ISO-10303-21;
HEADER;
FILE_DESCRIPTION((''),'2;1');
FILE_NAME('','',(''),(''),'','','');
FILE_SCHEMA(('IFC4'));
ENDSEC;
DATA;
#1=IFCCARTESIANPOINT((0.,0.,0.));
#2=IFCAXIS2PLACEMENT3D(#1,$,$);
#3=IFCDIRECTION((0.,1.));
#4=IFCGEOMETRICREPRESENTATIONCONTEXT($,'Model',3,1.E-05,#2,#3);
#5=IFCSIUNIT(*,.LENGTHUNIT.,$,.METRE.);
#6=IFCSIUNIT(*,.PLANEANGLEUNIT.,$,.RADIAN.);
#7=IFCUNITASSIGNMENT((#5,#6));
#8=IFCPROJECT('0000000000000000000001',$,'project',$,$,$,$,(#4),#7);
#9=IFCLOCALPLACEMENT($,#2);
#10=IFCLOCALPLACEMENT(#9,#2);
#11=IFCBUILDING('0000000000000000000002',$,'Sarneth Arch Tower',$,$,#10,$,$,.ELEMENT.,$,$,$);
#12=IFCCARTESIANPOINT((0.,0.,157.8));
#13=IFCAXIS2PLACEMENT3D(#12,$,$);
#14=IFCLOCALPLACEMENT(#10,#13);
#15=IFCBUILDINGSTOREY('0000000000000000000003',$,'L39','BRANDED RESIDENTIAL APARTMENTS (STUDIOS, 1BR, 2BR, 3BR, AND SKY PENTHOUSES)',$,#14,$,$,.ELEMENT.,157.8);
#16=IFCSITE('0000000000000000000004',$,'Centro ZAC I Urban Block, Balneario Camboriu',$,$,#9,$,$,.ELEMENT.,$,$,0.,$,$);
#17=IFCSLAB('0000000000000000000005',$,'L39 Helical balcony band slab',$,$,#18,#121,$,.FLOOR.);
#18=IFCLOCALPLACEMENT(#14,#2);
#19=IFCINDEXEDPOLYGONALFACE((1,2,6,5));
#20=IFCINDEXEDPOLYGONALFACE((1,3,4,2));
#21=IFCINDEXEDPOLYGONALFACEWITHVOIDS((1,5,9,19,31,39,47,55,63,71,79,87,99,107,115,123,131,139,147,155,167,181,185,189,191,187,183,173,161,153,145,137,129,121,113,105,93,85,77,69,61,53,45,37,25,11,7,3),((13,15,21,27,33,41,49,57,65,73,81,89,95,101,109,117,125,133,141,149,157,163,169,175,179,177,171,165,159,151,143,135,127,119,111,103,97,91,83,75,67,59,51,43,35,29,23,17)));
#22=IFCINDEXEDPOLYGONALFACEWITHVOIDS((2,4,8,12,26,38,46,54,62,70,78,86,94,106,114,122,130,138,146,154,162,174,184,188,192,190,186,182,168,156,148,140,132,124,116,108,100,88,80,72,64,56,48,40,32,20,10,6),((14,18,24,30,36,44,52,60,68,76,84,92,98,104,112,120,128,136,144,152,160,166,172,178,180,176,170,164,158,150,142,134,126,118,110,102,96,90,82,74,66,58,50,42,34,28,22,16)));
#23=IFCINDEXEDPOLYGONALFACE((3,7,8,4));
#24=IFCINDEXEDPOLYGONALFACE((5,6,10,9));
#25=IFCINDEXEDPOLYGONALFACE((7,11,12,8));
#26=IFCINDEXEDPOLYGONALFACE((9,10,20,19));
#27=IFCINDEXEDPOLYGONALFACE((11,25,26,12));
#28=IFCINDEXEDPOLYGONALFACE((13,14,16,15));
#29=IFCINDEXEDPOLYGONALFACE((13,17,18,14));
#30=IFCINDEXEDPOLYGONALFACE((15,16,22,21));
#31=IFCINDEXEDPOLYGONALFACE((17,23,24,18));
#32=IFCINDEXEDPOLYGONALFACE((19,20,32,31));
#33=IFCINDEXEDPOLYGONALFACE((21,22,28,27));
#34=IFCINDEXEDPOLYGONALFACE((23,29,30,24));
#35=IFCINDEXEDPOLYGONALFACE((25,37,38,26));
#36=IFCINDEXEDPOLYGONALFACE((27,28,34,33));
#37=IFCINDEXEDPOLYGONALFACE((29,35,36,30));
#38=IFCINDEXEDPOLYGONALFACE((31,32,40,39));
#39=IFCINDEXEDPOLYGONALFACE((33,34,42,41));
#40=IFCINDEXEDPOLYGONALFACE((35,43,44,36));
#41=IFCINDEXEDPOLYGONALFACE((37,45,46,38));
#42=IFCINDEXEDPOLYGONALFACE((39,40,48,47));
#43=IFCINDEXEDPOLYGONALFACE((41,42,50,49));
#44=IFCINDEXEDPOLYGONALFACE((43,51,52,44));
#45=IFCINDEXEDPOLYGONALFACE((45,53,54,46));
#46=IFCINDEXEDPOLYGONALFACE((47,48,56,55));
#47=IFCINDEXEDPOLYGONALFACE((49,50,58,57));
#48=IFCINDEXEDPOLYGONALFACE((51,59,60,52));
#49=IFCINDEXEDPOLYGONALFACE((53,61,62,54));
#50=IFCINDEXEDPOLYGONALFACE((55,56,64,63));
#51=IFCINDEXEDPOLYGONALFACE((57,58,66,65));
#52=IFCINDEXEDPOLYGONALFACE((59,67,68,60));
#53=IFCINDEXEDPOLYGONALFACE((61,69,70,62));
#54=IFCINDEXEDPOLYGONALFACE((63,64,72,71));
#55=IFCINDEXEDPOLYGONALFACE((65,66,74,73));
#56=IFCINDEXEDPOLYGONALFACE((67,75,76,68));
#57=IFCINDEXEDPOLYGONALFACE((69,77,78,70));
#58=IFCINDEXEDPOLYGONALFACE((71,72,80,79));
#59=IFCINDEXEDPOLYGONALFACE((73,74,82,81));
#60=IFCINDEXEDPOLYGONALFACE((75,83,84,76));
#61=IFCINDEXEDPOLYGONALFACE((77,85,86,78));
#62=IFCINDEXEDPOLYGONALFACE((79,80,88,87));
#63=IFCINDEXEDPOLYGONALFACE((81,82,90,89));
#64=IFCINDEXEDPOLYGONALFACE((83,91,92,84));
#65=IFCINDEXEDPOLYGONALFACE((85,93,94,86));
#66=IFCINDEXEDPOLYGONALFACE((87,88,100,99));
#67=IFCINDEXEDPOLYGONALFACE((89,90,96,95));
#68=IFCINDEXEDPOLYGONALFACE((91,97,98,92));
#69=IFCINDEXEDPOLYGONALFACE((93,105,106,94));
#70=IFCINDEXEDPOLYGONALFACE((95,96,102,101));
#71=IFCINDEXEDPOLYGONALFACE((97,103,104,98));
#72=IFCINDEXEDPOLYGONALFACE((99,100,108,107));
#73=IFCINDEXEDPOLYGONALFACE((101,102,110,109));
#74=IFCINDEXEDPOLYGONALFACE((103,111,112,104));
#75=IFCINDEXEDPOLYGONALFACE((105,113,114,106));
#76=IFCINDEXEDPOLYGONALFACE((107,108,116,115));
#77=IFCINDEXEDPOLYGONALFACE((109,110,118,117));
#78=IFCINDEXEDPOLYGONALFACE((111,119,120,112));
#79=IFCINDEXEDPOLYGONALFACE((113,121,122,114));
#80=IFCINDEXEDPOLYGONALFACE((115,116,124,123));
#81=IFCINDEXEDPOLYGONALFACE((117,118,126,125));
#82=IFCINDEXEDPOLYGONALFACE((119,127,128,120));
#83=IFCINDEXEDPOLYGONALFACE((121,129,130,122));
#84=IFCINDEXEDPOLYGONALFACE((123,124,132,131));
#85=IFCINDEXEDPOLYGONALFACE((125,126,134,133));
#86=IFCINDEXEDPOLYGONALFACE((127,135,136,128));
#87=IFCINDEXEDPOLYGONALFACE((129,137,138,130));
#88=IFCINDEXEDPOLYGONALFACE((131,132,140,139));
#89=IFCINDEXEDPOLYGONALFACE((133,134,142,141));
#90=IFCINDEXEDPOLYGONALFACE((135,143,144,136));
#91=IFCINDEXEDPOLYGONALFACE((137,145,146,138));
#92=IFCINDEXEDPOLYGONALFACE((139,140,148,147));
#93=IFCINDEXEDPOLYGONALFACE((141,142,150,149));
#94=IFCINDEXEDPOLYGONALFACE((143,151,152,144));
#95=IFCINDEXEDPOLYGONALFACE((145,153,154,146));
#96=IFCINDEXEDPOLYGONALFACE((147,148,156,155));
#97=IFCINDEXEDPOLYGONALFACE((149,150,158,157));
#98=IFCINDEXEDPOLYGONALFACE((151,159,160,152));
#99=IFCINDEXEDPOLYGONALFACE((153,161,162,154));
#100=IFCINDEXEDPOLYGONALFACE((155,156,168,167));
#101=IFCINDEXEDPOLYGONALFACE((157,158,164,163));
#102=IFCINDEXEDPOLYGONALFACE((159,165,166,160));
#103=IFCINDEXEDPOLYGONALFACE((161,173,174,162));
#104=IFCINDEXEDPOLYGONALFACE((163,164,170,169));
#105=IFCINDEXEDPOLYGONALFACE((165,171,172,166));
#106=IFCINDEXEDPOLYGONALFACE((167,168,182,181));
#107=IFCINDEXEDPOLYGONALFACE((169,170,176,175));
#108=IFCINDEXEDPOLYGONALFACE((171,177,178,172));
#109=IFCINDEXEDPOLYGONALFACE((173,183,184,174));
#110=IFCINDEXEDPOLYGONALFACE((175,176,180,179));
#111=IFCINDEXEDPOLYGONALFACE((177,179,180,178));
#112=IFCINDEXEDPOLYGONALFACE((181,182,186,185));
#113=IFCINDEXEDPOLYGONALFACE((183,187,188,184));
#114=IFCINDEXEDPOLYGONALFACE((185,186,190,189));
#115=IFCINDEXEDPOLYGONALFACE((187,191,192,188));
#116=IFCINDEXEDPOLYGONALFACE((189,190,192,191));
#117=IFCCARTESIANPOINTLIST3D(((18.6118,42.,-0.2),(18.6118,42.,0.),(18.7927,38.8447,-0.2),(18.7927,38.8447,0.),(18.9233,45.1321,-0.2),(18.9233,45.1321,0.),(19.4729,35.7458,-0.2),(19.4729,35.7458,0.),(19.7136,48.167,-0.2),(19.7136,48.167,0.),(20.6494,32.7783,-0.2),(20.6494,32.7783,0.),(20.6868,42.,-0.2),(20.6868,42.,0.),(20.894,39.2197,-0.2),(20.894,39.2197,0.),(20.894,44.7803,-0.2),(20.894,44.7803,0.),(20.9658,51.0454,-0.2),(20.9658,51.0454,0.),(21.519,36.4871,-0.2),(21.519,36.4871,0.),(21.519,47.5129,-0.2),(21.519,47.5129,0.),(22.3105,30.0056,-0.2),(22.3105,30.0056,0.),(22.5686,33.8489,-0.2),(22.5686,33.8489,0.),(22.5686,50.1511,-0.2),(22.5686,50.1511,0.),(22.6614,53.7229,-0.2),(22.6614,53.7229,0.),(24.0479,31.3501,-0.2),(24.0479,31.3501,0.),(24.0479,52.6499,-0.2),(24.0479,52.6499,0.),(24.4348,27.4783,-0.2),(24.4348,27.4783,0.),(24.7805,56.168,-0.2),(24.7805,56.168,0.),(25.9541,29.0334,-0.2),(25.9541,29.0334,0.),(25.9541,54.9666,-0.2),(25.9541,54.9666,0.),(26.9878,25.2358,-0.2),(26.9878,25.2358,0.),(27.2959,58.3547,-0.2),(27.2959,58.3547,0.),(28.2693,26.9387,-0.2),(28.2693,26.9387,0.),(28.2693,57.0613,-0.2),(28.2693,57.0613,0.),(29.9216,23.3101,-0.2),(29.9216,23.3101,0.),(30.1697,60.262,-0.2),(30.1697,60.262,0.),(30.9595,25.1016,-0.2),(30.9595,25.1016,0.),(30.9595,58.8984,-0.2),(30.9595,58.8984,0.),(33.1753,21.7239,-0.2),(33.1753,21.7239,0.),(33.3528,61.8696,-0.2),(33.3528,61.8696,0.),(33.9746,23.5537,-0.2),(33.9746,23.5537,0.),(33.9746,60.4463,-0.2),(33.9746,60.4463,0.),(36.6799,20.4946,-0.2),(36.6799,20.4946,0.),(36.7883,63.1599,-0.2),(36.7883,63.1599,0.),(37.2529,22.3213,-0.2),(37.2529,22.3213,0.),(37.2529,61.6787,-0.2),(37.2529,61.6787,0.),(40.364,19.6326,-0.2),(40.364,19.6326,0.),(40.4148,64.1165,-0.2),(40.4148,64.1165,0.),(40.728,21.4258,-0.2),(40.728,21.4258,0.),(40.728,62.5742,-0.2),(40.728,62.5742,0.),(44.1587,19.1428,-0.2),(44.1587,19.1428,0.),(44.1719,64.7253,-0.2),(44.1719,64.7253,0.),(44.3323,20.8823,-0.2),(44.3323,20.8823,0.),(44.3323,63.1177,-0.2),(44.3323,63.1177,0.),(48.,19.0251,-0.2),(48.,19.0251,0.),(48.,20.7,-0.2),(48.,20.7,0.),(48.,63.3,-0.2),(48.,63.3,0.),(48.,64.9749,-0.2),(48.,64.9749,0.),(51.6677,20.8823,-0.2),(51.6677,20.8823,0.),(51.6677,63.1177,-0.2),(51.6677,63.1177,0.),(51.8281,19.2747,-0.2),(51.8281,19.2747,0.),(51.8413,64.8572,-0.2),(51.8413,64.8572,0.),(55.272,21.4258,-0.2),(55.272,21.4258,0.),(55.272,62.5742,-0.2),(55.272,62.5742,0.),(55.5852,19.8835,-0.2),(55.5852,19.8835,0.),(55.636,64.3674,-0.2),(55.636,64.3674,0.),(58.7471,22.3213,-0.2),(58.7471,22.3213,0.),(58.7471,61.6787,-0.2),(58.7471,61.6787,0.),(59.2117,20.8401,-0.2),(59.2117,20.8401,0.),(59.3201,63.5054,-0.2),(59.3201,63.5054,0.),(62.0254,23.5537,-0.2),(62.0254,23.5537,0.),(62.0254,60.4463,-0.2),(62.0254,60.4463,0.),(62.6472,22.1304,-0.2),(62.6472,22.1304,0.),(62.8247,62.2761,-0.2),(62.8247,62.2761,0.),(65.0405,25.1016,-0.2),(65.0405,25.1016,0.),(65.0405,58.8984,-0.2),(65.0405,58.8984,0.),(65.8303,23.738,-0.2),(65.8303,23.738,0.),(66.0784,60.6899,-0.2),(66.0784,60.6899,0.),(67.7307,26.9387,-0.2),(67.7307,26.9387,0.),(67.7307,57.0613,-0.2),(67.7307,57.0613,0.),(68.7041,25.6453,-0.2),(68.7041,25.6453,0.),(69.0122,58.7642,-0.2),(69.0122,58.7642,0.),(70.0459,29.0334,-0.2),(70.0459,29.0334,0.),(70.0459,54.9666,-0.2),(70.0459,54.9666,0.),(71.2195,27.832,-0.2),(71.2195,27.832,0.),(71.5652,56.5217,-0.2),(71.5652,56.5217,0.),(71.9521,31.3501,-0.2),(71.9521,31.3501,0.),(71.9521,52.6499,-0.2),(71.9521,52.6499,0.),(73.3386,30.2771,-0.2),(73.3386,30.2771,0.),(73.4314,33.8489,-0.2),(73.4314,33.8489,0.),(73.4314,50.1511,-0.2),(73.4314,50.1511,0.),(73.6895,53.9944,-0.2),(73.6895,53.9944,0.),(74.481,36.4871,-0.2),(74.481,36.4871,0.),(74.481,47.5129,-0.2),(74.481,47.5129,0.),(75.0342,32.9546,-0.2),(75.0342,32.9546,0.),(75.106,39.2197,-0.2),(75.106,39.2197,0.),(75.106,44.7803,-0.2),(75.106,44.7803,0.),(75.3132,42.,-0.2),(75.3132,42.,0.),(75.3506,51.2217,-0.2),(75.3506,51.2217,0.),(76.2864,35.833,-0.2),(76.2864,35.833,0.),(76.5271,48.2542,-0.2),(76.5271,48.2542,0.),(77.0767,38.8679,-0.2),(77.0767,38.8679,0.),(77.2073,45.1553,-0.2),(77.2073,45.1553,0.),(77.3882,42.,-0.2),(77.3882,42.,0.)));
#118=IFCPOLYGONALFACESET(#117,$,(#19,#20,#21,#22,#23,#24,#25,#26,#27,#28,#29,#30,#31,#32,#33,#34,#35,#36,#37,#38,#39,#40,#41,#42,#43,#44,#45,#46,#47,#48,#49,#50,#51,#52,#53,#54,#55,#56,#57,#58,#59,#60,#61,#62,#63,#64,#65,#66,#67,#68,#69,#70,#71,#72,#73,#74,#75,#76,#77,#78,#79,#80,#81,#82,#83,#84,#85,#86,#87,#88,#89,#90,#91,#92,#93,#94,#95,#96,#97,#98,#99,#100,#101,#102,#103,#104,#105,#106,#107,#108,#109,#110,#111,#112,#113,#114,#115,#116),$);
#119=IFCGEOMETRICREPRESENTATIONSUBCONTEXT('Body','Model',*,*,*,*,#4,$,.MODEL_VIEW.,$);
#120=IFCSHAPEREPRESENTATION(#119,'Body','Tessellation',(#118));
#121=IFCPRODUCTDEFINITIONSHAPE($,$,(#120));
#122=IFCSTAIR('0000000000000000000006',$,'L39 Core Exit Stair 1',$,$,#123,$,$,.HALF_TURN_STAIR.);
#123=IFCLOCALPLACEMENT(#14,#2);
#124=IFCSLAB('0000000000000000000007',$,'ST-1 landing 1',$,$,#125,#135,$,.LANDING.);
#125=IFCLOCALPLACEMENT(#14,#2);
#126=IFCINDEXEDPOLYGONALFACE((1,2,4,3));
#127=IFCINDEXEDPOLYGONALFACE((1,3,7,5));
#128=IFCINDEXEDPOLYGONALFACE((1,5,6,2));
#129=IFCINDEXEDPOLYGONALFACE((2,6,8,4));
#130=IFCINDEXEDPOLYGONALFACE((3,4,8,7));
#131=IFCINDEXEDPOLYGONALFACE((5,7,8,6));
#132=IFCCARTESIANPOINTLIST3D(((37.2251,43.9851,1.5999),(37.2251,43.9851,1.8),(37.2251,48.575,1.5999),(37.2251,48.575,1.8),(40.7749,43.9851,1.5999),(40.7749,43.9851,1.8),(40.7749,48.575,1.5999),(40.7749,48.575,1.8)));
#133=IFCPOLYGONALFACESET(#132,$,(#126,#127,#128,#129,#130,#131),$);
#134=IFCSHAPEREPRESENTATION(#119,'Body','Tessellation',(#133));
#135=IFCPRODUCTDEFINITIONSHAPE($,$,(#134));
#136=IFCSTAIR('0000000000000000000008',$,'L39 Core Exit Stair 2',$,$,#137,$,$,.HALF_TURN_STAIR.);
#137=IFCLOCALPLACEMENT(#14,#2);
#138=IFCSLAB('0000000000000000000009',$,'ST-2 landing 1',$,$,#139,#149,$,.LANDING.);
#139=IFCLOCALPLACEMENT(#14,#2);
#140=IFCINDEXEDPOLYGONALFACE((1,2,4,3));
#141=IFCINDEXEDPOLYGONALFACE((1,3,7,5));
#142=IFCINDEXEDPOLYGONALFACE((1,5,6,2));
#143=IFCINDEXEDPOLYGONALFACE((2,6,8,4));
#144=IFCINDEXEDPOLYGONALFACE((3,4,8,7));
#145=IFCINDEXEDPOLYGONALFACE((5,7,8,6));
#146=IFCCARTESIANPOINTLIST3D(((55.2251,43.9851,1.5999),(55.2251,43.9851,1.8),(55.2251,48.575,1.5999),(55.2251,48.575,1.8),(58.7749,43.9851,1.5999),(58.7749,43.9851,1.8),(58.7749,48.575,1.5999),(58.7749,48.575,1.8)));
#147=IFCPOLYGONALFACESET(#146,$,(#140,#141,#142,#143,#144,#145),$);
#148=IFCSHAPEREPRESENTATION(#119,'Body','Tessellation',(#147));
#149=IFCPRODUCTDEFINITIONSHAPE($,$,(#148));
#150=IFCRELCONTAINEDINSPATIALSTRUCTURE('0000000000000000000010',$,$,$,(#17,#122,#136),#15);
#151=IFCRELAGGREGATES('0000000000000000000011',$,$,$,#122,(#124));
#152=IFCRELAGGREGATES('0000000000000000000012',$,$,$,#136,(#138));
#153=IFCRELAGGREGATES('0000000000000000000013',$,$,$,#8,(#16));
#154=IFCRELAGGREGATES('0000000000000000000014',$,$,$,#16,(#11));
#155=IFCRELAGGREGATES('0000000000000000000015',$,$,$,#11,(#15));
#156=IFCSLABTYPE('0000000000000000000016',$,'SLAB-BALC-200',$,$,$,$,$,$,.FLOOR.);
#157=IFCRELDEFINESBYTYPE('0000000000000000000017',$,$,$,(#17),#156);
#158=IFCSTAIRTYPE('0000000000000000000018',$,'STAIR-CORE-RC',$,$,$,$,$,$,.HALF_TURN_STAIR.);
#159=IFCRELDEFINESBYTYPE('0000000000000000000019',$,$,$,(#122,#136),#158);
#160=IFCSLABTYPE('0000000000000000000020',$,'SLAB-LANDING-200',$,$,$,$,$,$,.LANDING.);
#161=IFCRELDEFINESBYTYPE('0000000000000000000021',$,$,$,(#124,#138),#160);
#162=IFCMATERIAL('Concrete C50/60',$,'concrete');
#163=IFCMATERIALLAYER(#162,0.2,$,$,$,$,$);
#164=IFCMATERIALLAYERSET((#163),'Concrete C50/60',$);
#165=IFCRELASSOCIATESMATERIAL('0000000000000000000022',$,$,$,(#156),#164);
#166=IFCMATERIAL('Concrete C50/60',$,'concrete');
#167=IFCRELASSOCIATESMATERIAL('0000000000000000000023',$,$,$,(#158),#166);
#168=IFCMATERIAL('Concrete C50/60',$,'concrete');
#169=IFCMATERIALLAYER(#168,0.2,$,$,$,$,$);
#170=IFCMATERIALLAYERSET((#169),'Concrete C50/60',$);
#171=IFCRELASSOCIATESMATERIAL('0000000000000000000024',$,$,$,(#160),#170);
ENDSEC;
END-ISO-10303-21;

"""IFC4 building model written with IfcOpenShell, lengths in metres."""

from ifc_helpers import new_model, si_unit, direction, frame, origin, place, context, subcontext, project, spatial, polyline, outline, extrude, material, layer, layer_set, type_object, element, aggregate, save


model = new_model("IFC4")

# Units and contexts
model_context = context("Model", 3, precision=1e-05, world=origin(), true_north=direction((0.0, 1.0)))
body_context = subcontext(model_context, "Body", "Model", "MODEL_VIEW")
ifc_project = project(units=[si_unit("LENGTHUNIT", "METRE"), si_unit("PLANEANGLEUNIT", "RADIAN")], contexts=[model_context])

# Site, building, storey
site_placement = place(None, origin())
site = spatial("IfcSite", under=ifc_project, at=site_placement, Name="Centro ZAC I Urban Block, Balneario Camboriu", CompositionType="ELEMENT", RefElevation=0.0)
building_placement = place(site_placement, origin())
building = spatial("IfcBuilding", under=site, at=building_placement, Name="Sarneth Arch Tower", CompositionType="ELEMENT")
storey_placement = place(building_placement, frame((0.0, 0.0, 157.8)))
storey = spatial("IfcBuildingStorey", under=building, at=storey_placement, Name="L39", Description="BRANDED RESIDENTIAL APARTMENTS (STUDIOS, 1BR, 2BR, 3BR, AND SKY PENTHOUSES)", CompositionType="ELEMENT", Elevation=157.8)

# Slab
ifc_material_1 = material(Name="Concrete C50/60", Category="concrete")
ifc_layer_1 = layer(ifc_material_1, 0.2)
ifc_layer_set_1 = layer_set([ifc_layer_1], Name="Concrete C50/60")
slab_type_1 = type_object("IfcSlabType", Name="SLAB-BALC-200", PredefinedType="FLOOR", material=ifc_layer_set_1)
slab_1_placement = place(storey_placement, frame((0.0, 0.0, -0.2)))
element("IfcSlab", 1, at=slab_1_placement, inside=storey, type_object=slab_type_1, Name="L39 Helical balcony band slab", PredefinedType="FLOOR", context=body_context, shape_type="SweptSolid", body=[
    extrude(outline(polyline([(77.3882, 42.0), (77.2073, 45.1553), (76.5271, 48.2542), (75.3506, 51.2217), (73.6895, 53.9944), (71.5652, 56.5217), (69.0122, 58.7642), (66.0784, 60.6899), (62.8247, 62.2761), (59.3201, 63.5054), (55.636, 64.3674), (51.8413, 64.8572), (48.0, 64.9749), (44.1719, 64.7253), (40.4148, 64.1165), (36.7883, 63.1599), (33.3528, 61.8696), (30.1697, 60.262), (27.2959, 58.3547), (24.7805, 56.168), (22.6614, 53.7229), (20.9658, 51.0454), (19.7136, 48.167), (18.9233, 45.1321), (18.6118, 42.0), (18.7927, 38.8447), (19.4729, 35.7458), (20.6494, 32.7783), (22.3105, 30.0056), (24.4348, 27.4783), (26.9878, 25.2358), (29.9216, 23.3101), (33.1753, 21.7239), (36.6799, 20.4946), (40.364, 19.6326), (44.1587, 19.1428), (48.0, 19.0251), (51.8281, 19.2747), (55.5852, 19.8835), (59.2117, 20.8401), (62.6472, 22.1304), (65.8303, 23.738), (68.7041, 25.6453), (71.2195, 27.832), (73.3386, 30.2771), (75.0342, 32.9546), (76.2864, 35.833), (77.0767, 38.8679), (77.3882, 42.0)]), holes=[polyline([(75.3132, 42.0), (75.106, 44.7803), (74.481, 47.5129), (73.4314, 50.1511), (71.9521, 52.6499), (70.0459, 54.9666), (67.7307, 57.0613), (65.0405, 58.8984), (62.0254, 60.4463), (58.7471, 61.6787), (55.272, 62.5742), (51.6677, 63.1177), (48.0, 63.3), (44.3323, 63.1177), (40.728, 62.5742), (37.2529, 61.6787), (33.9746, 60.4463), (30.9595, 58.8984), (28.2693, 57.0613), (25.9541, 54.9666), (24.0479, 52.6499), (22.5686, 50.1511), (21.519, 47.5129), (20.894, 44.7803), (20.6868, 42.0), (20.894, 39.2197), (21.519, 36.4871), (22.5686, 33.8489), (24.0479, 31.3501), (25.9541, 29.0334), (28.2693, 26.9387), (30.9595, 25.1016), (33.9746, 23.5537), (37.2529, 22.3213), (40.728, 21.4258), (44.3323, 20.8823), (48.0, 20.7), (51.6677, 20.8823), (55.272, 21.4258), (58.7471, 22.3213), (62.0254, 23.5537), (65.0405, 25.1016), (67.7307, 26.9387), (70.0459, 29.0334), (71.9521, 31.3501), (73.4314, 33.8489), (74.481, 36.4871), (75.106, 39.2197), (75.3132, 42.0)])]), origin(), (0.0, 0.0, 1.0), 0.2),
])

# Stairs, slabs
ifc_material_2 = material(Name="Concrete C50/60", Category="concrete")
stair_type = type_object("IfcStairType", Name="STAIR-CORE-RC", PredefinedType="HALF_TURN_STAIR", material=ifc_material_2)
stair_1_placement = place(storey_placement, origin())
stair_1 = element("IfcStair", 2, at=stair_1_placement, inside=storey, type_object=stair_type, Name="L39 Core Exit Stair 1", PredefinedType="HALF_TURN_STAIR")
ifc_material_3 = material(Name="Concrete C50/60", Category="concrete")
ifc_layer_2 = layer(ifc_material_3, 0.2)
ifc_layer_set_2 = layer_set([ifc_layer_2], Name="Concrete C50/60")
slab_type_2 = type_object("IfcSlabType", Name="SLAB-LANDING-200", PredefinedType="LANDING", material=ifc_layer_set_2)
slab_2_placement = place(storey_placement, frame((0.0, 0.0, 1.5999)))
slab_2 = element("IfcSlab", 3, at=slab_2_placement, type_object=slab_type_2, Name="ST-1 landing 1", PredefinedType="LANDING", context=body_context, shape_type="SweptSolid", body=[
    extrude(outline(polyline([(37.2251, 43.9851), (40.7749, 43.9851), (40.7749, 48.575), (37.2251, 48.575), (37.2251, 43.9851)])), origin(), (0.0, 0.0, 1.0), 0.2002),
])
aggregate(stair_1, [slab_2])
stair_2_placement = place(storey_placement, origin())
stair_2 = element("IfcStair", 4, at=stair_2_placement, inside=storey, type_object=stair_type, Name="L39 Core Exit Stair 2", PredefinedType="HALF_TURN_STAIR")
slab_3_placement = place(storey_placement, frame((0.0, 0.0, 1.5999)))
slab_3 = element("IfcSlab", 5, at=slab_3_placement, type_object=slab_type_2, Name="ST-2 landing 1", PredefinedType="LANDING", context=body_context, shape_type="SweptSolid", body=[
    extrude(outline(polyline([(55.2251, 43.9851), (58.7749, 43.9851), (58.7749, 48.575), (55.2251, 48.575), (55.2251, 43.9851)])), origin(), (0.0, 0.0, 1.0), 0.2002),
])
aggregate(stair_2, [slab_3])

save(model, "model.ifc")
